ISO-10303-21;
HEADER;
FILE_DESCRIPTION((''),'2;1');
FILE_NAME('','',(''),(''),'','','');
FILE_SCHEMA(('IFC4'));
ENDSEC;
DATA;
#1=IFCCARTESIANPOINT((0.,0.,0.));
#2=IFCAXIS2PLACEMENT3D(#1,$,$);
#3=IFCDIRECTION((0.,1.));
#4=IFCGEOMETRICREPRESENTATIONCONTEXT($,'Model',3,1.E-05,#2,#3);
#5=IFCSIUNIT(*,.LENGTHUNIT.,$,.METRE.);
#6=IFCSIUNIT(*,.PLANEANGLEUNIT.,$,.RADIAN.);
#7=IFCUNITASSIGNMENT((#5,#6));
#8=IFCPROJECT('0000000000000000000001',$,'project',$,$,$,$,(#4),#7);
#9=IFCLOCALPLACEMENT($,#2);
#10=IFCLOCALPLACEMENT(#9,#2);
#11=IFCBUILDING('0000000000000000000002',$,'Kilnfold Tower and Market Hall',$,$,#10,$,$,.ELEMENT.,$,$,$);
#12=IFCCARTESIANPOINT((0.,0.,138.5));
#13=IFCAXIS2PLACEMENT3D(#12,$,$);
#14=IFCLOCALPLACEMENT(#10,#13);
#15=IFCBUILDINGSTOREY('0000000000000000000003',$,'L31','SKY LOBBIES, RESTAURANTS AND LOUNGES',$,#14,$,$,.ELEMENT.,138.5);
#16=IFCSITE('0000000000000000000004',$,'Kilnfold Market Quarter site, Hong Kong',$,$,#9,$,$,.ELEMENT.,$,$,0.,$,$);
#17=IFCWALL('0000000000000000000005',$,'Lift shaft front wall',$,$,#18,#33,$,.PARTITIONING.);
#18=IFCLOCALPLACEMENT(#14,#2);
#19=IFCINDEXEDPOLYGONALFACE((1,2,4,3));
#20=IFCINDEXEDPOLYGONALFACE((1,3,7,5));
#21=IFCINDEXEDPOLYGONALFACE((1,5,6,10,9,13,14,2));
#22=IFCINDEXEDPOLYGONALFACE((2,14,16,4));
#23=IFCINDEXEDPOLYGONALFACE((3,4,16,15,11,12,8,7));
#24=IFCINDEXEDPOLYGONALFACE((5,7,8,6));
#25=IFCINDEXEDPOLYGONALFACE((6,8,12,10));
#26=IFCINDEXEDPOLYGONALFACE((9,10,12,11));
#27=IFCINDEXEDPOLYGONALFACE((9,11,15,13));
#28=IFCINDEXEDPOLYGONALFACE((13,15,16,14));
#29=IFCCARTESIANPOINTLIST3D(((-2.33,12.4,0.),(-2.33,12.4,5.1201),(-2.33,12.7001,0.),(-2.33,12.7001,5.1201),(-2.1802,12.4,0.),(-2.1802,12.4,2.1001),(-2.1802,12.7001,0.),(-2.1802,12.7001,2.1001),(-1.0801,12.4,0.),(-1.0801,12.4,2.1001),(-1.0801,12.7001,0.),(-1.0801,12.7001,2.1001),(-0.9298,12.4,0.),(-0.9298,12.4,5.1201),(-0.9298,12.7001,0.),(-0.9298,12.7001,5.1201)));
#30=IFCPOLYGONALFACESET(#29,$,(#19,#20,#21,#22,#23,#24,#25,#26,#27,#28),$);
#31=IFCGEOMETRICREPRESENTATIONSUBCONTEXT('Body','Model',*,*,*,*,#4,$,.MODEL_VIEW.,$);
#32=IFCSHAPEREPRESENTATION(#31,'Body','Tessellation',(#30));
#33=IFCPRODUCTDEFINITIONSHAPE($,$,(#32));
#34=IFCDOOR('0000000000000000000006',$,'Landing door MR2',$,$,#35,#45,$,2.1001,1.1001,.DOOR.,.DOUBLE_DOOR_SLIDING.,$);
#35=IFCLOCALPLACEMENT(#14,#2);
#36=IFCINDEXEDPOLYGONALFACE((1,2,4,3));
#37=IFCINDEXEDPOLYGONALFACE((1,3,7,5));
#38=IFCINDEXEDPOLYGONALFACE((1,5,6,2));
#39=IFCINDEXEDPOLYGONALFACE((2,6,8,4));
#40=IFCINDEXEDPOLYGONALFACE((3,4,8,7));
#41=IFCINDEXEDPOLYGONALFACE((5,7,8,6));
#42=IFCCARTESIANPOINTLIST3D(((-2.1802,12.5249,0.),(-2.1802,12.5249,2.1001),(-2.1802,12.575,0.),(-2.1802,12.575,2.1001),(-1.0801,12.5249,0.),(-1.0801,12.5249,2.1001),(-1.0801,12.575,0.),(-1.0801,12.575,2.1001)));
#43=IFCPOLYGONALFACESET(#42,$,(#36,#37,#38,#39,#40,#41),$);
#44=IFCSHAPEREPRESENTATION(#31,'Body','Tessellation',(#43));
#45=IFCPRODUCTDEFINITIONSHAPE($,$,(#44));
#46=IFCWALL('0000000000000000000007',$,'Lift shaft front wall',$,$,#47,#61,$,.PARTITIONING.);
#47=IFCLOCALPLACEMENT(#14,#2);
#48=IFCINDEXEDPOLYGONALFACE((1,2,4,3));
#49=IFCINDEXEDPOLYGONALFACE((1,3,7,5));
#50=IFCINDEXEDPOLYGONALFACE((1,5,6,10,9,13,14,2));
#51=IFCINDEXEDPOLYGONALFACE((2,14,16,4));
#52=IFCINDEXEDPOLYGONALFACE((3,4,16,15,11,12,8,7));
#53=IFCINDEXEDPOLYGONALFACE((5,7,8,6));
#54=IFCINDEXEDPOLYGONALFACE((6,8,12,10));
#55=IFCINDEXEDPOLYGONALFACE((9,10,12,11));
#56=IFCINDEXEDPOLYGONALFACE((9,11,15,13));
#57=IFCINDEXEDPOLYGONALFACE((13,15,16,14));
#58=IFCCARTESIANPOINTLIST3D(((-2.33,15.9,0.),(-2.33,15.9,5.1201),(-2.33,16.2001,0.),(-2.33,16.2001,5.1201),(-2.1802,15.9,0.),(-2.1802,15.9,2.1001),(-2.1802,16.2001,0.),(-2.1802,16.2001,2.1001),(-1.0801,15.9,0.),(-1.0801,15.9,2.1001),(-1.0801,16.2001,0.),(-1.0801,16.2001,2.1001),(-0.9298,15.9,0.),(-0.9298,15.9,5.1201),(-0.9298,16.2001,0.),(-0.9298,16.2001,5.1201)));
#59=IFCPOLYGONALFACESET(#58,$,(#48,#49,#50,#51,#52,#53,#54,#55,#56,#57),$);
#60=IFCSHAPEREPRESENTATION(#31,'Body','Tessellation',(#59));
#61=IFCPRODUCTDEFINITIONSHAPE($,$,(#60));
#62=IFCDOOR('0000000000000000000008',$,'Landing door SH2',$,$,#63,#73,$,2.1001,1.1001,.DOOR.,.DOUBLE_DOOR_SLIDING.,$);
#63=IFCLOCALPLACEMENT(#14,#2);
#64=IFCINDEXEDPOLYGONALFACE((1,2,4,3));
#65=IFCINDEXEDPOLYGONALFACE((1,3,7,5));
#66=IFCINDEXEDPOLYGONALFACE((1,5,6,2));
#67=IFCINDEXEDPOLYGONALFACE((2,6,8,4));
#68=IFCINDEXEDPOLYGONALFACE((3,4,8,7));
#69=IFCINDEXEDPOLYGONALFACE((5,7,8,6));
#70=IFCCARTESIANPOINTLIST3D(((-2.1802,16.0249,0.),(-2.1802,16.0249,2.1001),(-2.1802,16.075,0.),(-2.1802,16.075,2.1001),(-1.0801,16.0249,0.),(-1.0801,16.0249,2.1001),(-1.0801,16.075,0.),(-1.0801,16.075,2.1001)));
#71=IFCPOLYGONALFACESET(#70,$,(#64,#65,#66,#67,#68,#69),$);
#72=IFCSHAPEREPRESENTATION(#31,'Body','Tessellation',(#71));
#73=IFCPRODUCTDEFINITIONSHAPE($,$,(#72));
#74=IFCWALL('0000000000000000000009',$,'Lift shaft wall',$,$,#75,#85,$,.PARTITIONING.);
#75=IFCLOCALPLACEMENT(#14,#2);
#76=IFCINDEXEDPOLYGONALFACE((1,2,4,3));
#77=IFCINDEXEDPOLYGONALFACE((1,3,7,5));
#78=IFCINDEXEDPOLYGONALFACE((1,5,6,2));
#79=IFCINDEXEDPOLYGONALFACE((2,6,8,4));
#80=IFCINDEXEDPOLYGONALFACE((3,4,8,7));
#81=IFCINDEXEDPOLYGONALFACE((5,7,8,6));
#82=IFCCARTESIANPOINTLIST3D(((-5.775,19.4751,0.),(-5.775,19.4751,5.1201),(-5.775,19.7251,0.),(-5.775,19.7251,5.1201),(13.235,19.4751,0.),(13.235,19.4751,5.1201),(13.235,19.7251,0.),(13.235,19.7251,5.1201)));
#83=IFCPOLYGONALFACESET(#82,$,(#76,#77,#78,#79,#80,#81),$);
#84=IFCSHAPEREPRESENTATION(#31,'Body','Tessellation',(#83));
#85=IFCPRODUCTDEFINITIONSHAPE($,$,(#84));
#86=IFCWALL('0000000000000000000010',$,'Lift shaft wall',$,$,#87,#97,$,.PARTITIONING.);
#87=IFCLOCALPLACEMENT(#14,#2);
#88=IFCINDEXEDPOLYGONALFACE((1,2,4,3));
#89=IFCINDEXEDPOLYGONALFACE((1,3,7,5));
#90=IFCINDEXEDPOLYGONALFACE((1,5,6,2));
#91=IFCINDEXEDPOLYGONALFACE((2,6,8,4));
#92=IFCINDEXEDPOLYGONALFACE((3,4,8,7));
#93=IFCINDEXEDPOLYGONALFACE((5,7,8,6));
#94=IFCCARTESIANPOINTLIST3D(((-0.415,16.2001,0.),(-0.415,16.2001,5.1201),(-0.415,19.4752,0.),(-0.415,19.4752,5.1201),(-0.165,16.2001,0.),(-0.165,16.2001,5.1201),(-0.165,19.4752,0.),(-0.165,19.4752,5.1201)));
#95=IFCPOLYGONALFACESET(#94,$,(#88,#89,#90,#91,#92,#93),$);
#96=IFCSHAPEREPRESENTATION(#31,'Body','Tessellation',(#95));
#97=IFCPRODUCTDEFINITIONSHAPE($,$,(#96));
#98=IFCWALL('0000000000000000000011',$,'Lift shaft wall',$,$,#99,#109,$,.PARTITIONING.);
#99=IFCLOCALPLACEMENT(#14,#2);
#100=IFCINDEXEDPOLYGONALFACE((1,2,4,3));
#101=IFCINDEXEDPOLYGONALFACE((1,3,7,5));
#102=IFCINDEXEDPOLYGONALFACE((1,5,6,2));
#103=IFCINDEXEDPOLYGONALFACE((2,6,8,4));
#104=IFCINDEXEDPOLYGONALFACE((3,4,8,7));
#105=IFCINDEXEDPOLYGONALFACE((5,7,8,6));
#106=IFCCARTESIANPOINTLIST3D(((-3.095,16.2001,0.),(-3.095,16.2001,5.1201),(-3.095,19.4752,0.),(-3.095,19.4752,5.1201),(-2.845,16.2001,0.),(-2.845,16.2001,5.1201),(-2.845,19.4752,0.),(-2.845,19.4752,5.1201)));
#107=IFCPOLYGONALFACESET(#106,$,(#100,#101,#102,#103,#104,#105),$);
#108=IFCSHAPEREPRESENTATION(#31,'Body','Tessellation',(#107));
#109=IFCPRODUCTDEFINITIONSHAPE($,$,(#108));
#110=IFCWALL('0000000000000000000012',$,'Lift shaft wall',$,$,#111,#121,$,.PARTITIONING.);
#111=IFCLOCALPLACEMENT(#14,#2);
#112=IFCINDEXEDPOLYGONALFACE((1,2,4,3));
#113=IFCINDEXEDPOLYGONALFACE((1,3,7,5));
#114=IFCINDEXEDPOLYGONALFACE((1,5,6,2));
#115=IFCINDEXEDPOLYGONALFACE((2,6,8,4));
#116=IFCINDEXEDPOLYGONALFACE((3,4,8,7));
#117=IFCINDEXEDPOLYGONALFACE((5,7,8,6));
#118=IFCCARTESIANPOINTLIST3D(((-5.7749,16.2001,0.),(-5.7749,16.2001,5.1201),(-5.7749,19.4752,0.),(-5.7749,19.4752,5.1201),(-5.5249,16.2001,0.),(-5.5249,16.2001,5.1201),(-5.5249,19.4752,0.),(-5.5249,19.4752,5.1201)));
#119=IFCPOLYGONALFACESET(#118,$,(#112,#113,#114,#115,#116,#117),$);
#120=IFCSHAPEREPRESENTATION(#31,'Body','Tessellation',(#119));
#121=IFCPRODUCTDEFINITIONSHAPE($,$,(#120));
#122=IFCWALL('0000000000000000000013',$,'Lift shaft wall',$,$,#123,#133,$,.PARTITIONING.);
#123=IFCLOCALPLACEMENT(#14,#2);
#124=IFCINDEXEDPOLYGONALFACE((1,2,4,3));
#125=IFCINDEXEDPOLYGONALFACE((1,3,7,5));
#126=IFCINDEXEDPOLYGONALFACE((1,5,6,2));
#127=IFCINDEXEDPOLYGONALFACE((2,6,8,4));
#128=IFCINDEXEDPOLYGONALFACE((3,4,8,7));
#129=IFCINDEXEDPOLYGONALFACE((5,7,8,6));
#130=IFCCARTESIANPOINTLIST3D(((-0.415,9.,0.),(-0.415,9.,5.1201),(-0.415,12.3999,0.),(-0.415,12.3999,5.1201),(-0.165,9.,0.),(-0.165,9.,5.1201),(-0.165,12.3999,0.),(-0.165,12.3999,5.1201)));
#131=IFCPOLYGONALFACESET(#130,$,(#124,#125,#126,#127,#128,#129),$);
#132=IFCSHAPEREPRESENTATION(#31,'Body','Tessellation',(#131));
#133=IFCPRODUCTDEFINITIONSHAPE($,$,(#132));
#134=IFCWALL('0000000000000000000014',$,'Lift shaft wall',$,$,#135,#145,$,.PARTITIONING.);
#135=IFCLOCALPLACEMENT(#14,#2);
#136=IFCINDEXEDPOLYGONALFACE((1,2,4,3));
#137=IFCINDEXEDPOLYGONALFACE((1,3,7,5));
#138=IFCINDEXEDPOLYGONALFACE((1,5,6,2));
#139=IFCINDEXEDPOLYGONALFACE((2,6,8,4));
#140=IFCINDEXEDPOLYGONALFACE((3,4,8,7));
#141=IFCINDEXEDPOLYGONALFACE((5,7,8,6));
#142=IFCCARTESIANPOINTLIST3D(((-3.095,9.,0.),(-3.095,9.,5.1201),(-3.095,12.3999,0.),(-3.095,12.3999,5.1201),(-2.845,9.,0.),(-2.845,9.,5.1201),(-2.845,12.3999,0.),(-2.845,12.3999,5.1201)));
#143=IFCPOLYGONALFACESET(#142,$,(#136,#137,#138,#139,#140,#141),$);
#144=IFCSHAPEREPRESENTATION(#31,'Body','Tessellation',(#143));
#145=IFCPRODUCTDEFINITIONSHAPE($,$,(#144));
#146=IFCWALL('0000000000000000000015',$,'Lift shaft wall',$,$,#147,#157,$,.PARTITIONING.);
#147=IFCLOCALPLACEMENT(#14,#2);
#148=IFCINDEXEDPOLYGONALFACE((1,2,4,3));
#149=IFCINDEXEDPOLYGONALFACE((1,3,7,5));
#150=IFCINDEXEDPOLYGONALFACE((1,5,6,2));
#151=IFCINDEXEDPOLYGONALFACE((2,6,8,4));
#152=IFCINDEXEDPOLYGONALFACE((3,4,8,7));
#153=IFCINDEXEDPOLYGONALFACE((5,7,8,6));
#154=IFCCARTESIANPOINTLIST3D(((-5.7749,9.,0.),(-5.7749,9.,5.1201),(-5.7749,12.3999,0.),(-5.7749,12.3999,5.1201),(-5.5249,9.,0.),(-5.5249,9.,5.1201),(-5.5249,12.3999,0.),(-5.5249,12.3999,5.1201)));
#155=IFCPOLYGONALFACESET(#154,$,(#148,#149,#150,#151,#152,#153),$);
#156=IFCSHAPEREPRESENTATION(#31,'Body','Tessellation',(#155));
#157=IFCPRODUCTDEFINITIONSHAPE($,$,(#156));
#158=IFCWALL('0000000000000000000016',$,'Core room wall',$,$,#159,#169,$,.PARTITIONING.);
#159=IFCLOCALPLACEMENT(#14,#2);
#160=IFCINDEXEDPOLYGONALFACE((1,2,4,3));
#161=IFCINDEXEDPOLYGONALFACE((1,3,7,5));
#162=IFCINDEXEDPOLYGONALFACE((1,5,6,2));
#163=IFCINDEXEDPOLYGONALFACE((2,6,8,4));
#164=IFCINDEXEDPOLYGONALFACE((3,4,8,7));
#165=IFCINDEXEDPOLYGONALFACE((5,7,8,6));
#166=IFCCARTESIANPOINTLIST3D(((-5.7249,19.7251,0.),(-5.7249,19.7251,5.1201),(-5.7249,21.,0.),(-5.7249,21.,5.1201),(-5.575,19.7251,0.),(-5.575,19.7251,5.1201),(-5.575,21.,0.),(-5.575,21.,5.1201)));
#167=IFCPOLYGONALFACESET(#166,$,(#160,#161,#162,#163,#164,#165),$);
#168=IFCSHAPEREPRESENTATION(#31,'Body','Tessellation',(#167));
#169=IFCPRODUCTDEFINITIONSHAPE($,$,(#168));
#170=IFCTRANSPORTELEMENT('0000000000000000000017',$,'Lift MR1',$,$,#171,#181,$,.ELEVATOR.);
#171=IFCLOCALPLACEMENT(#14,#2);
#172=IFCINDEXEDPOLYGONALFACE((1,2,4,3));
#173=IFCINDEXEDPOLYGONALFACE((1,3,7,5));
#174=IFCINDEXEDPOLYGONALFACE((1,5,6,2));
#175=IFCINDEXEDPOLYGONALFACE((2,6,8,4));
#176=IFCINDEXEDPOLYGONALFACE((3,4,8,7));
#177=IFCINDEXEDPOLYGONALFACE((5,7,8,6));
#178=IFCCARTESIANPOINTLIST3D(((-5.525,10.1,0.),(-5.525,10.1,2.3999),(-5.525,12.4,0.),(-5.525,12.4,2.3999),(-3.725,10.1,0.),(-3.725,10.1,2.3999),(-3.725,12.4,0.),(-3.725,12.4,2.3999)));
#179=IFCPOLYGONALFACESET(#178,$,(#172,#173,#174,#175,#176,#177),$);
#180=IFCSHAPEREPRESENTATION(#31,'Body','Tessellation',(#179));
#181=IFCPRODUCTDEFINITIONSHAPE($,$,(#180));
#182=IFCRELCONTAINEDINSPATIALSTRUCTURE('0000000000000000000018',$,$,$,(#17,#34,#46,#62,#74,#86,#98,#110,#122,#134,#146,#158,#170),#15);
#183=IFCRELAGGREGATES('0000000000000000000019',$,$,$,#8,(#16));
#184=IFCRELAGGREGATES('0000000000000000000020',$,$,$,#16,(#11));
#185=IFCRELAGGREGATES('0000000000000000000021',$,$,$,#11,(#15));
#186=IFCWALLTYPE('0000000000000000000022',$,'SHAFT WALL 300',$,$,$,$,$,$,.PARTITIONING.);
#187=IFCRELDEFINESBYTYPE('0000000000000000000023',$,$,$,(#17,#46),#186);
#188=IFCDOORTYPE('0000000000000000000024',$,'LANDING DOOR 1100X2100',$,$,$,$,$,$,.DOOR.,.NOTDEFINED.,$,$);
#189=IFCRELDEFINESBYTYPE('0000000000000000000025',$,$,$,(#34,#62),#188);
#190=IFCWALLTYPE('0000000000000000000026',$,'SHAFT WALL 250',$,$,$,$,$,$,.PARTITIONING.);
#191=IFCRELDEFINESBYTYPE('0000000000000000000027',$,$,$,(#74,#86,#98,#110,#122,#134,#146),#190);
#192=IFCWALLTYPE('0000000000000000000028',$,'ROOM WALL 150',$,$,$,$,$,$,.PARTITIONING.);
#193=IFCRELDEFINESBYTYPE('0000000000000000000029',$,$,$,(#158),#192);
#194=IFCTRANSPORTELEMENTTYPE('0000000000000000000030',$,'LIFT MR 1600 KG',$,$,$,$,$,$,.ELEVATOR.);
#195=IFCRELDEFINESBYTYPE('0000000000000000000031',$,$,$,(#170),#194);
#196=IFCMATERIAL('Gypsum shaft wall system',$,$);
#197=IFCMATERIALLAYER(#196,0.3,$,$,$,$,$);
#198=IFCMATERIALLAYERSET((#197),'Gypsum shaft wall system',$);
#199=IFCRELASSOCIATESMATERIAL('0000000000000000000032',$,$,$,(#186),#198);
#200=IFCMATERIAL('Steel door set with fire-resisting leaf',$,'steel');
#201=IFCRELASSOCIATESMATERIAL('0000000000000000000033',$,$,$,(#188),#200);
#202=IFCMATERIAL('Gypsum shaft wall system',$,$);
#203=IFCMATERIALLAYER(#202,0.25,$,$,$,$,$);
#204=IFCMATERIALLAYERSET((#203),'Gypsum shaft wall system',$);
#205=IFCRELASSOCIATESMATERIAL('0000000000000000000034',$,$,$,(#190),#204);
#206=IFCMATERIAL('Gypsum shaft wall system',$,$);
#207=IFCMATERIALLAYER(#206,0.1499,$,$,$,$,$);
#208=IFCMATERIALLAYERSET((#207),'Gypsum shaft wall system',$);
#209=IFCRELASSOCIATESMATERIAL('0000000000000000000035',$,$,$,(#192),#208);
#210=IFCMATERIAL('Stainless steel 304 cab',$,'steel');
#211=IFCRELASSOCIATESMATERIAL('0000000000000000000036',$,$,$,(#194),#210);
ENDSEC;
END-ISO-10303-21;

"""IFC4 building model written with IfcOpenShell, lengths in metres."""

from ifc_helpers import new_model, si_unit, direction, frame, frame_2d, origin, origin_2d, place, context, subcontext, project, spatial, rectangle, extrude, source, transform, mapped, material, layer, layer_set, type_object, element, fill, save


model = new_model("IFC4")

# Units and contexts
model_context = context("Model", 3, precision=1e-05, world=origin(), true_north=direction((0.0, 1.0)))
body_context = subcontext(model_context, "Body", "Model", "MODEL_VIEW")
ifc_project = project(units=[si_unit("LENGTHUNIT", "METRE"), si_unit("PLANEANGLEUNIT", "RADIAN")], contexts=[model_context])

# Site, building, storey
site_placement = place(None, origin())
site = spatial("IfcSite", under=ifc_project, at=site_placement, Name="Kilnfold Market Quarter site, Hong Kong", CompositionType="ELEMENT", RefElevation=0.0)
building_placement = place(site_placement, origin())
building = spatial("IfcBuilding", under=site, at=building_placement, Name="Kilnfold Tower and Market Hall", CompositionType="ELEMENT")
storey_placement = place(building_placement, frame((0.0, 0.0, 138.5)))
storey = spatial("IfcBuildingStorey", under=building, at=storey_placement, Name="L31", Description="SKY LOBBIES, RESTAURANTS AND LOUNGES", CompositionType="ELEMENT", Elevation=138.5)

# Walls, openings, doors
ifc_material_1 = material(Name="Gypsum shaft wall system")
ifc_layer_1 = layer(ifc_material_1, 0.3)
ifc_layer_set_1 = layer_set([ifc_layer_1], Name="Gypsum shaft wall system")
wall_type_1 = type_object("IfcWallType", Name="SHAFT WALL 300", PredefinedType="PARTITIONING", material=ifc_layer_set_1)
ifc_material_2 = material(Name="Steel door set with fire-resisting leaf", Category="steel")
door_type_1 = type_object("IfcDoorType", Name="LANDING DOOR 1100X2100", OperationType="NOTDEFINED", PredefinedType="DOOR", material=ifc_material_2)
shared_shape_1 = source(origin(), body_context, "Body", "SweptSolid", [
    extrude(rectangle(XDim=1.4001, YDim=0.3, at=frame_2d((0.7002, 0.0))), origin(), (0.0, 0.0, 1.0), 5.1201),
])
wall_1_placement = place(storey_placement, frame((-2.3301, 12.55, 0.0), z_axis=(0.0, 0.0, 1.0), x_axis=(1.0, 0.0, 0.0)))
wall_1 = element("IfcWall", 1, at=wall_1_placement, inside=storey, type_object=wall_type_1, Name="Lift shaft front wall", PredefinedType="PARTITIONING", context=body_context, shape_type="MappedRepresentation", body=[
    mapped(shared_shape_1, transform((0.0, 0.0, 0.0))),
])
opening_1_placement = place(wall_1_placement, frame((0.1499, 0.0, 0.0)))
opening_1 = element("IfcOpeningElement", 2, at=opening_1_placement, cuts=wall_1, PredefinedType="OPENING", context=body_context, shape_type="SweptSolid", body=[
    extrude(rectangle(XDim=1.1001, YDim=2.1001, at=frame_2d((0.55, 1.05))), frame((0.0, 0.1602, 0.0), z_axis=(0.0, -1.0, 0.0), x_axis=(1.0, 0.0, 0.0)), (0.0, 0.0, 1.0), 0.3201),
])
door_1_placement = place(opening_1_placement, origin())
door_1 = element("IfcDoor", 3, at=door_1_placement, inside=storey, type_object=door_type_1, Name="Landing door MR2", OperationType="DOUBLE_DOOR_SLIDING", OverallHeight=2.1001, OverallWidth=1.1001, PredefinedType="DOOR", context=body_context, shape_type="SweptSolid", body=[
    extrude(rectangle(XDim=1.1001, YDim=2.1001, at=frame_2d((0.55, 1.05))), frame((0.0, 0.0249, 0.0), z_axis=(0.0, -1.0, 0.0), x_axis=(1.0, 0.0, 0.0)), (0.0, 0.0, 1.0), 0.05),
])
fill(opening_1, door_1)
wall_2_placement = place(storey_placement, frame((-2.3301, 16.05, 0.0), z_axis=(0.0, 0.0, 1.0), x_axis=(1.0, 0.0, 0.0)))
wall_2 = element("IfcWall", 4, at=wall_2_placement, inside=storey, type_object=wall_type_1, Name="Lift shaft front wall", PredefinedType="PARTITIONING", context=body_context, shape_type="MappedRepresentation", body=[
    mapped(shared_shape_1, transform((0.0, 0.0, 0.0))),
])
opening_2_placement = place(wall_2_placement, frame((0.1499, 0.0, 0.0)))
opening_2 = element("IfcOpeningElement", 5, at=opening_2_placement, cuts=wall_2, PredefinedType="OPENING", context=body_context, shape_type="SweptSolid", body=[
    extrude(rectangle(XDim=1.1001, YDim=2.1001, at=frame_2d((0.55, 1.05))), frame((0.0, 0.1602, 0.0), z_axis=(0.0, -1.0, 0.0), x_axis=(1.0, 0.0, 0.0)), (0.0, 0.0, 1.0), 0.3201),
])
door_2_placement = place(opening_2_placement, origin())
door_2 = element("IfcDoor", 6, at=door_2_placement, inside=storey, type_object=door_type_1, Name="Landing door SH2", OperationType="DOUBLE_DOOR_SLIDING", OverallHeight=2.1001, OverallWidth=1.1001, PredefinedType="DOOR", context=body_context, shape_type="SweptSolid", body=[
    extrude(rectangle(XDim=1.1001, YDim=2.1001, at=frame_2d((0.55, 1.05))), frame((0.0, 0.0249, 0.0), z_axis=(0.0, -1.0, 0.0), x_axis=(1.0, 0.0, 0.0)), (0.0, 0.0, 1.0), 0.05),
])
fill(opening_2, door_2)

# Walls
ifc_material_3 = material(Name="Gypsum shaft wall system")
ifc_layer_2 = layer(ifc_material_3, 0.25)
ifc_layer_set_2 = layer_set([ifc_layer_2], Name="Gypsum shaft wall system")
wall_type_2 = type_object("IfcWallType", Name="SHAFT WALL 250", PredefinedType="PARTITIONING", material=ifc_layer_set_2)
shared_shape_2 = source(origin(), body_context, "Body", "SweptSolid", [
    extrude(rectangle(XDim=19.01, YDim=0.25, at=frame_2d((9.5049, 0.0))), origin(), (0.0, 0.0, 1.0), 5.1201),
])
wall_3_placement = place(storey_placement, frame((-5.7749, 19.6001, 0.0), z_axis=(0.0, 0.0, 1.0), x_axis=(1.0, 0.0, 0.0)))
element("IfcWall", 7, at=wall_3_placement, inside=storey, type_object=wall_type_2, Name="Lift shaft wall", PredefinedType="PARTITIONING", context=body_context, shape_type="MappedRepresentation", body=[
    mapped(shared_shape_2, transform((0.0, 0.0, 0.0))),
])
shared_shape_3 = source(origin(), body_context, "Body", "SweptSolid", [
    extrude(rectangle(XDim=3.2751, YDim=0.25, at=frame_2d((1.6377, 0.0))), origin(), (0.0, 0.0, 1.0), 5.1201),
])
for number, where, z_axis, x_axis, name in (
    (8, (-0.29, 16.2, 0.0), (0.0, 0.0, 1.0), (0.0, 1.0, 0.0), "Lift shaft wall"),
    (9, (-2.97, 16.2, 0.0), (0.0, 0.0, 1.0), (0.0, 1.0, 0.0), "Lift shaft wall"),
    (10, (-5.6499, 16.2, 0.0), (0.0, 0.0, 1.0), (0.0, 1.0, 0.0), "Lift shaft wall"),
):
    element("IfcWall", number, at=place(storey_placement, frame(where, z_axis=z_axis, x_axis=x_axis)), inside=storey, type_object=wall_type_2, Name=name, PredefinedType="PARTITIONING", context=body_context, shape_type="MappedRepresentation", body=[
        mapped(shared_shape_3, transform((0.0, 0.0, 0.0))),
    ])
shared_shape_4 = source(origin(), body_context, "Body", "SweptSolid", [
    extrude(rectangle(XDim=3.3999, YDim=0.25, at=frame_2d((1.7, 0.0))), origin(), (0.0, 0.0, 1.0), 5.1201),
])
for number, where, z_axis, x_axis, name in (
    (11, (-0.29, 9.0, 0.0), (0.0, 0.0, 1.0), (0.0, 1.0, 0.0), "Lift shaft wall"),
    (12, (-2.97, 9.0, 0.0), (0.0, 0.0, 1.0), (0.0, 1.0, 0.0), "Lift shaft wall"),
    (13, (-5.6499, 9.0, 0.0), (0.0, 0.0, 1.0), (0.0, 1.0, 0.0), "Lift shaft wall"),
):
    element("IfcWall", number, at=place(storey_placement, frame(where, z_axis=z_axis, x_axis=x_axis)), inside=storey, type_object=wall_type_2, Name=name, PredefinedType="PARTITIONING", context=body_context, shape_type="MappedRepresentation", body=[
        mapped(shared_shape_4, transform((0.0, 0.0, 0.0))),
    ])
ifc_material_4 = material(Name="Gypsum shaft wall system")
ifc_layer_3 = layer(ifc_material_4, 0.1499)
ifc_layer_set_3 = layer_set([ifc_layer_3], Name="Gypsum shaft wall system")
wall_type_3 = type_object("IfcWallType", Name="ROOM WALL 150", PredefinedType="PARTITIONING", material=ifc_layer_set_3)
shared_shape_5 = source(origin(), body_context, "Body", "SweptSolid", [
    extrude(rectangle(XDim=1.2749, YDim=0.1499, at=frame_2d((0.6375, 0.0))), origin(), (0.0, 0.0, 1.0), 5.1201),
])
wall_4_placement = place(storey_placement, frame((-5.6499, 19.7251, 0.0), z_axis=(0.0, 0.0, 1.0), x_axis=(0.0, 1.0, 0.0)))
element("IfcWall", 14, at=wall_4_placement, inside=storey, type_object=wall_type_3, Name="Core room wall", PredefinedType="PARTITIONING", context=body_context, shape_type="MappedRepresentation", body=[
    mapped(shared_shape_5, transform((0.0, 0.0, 0.0))),
])

# Transport element
ifc_material_5 = material(Name="Stainless steel 304 cab", Category="steel")
transport_element_type = type_object("IfcTransportElementType", Name="LIFT MR 1600 KG", PredefinedType="ELEVATOR", material=ifc_material_5)
shared_shape_6 = source(origin(), body_context, "Body", "SweptSolid", [
    extrude(rectangle(XDim=1.8, YDim=2.3, at=origin_2d()), origin(), (0.0, 0.0, 1.0), 2.3999),
])
for number, where, z_axis, x_axis, name in (
    (15, (-4.625, 11.25, 0.0), (0.0, 0.0, 1.0), (1.0, 0.0, 0.0), "Lift MR1"),
):
    element("IfcTransportElement", number, at=place(storey_placement, frame(where, z_axis=z_axis, x_axis=x_axis)), inside=storey, type_object=transport_element_type, Name=name, PredefinedType="ELEVATOR", context=body_context, shape_type="MappedRepresentation", body=[
        mapped(shared_shape_6, transform((0.0, 0.0, 0.0))),
    ])

save(model, "model.ifc")
